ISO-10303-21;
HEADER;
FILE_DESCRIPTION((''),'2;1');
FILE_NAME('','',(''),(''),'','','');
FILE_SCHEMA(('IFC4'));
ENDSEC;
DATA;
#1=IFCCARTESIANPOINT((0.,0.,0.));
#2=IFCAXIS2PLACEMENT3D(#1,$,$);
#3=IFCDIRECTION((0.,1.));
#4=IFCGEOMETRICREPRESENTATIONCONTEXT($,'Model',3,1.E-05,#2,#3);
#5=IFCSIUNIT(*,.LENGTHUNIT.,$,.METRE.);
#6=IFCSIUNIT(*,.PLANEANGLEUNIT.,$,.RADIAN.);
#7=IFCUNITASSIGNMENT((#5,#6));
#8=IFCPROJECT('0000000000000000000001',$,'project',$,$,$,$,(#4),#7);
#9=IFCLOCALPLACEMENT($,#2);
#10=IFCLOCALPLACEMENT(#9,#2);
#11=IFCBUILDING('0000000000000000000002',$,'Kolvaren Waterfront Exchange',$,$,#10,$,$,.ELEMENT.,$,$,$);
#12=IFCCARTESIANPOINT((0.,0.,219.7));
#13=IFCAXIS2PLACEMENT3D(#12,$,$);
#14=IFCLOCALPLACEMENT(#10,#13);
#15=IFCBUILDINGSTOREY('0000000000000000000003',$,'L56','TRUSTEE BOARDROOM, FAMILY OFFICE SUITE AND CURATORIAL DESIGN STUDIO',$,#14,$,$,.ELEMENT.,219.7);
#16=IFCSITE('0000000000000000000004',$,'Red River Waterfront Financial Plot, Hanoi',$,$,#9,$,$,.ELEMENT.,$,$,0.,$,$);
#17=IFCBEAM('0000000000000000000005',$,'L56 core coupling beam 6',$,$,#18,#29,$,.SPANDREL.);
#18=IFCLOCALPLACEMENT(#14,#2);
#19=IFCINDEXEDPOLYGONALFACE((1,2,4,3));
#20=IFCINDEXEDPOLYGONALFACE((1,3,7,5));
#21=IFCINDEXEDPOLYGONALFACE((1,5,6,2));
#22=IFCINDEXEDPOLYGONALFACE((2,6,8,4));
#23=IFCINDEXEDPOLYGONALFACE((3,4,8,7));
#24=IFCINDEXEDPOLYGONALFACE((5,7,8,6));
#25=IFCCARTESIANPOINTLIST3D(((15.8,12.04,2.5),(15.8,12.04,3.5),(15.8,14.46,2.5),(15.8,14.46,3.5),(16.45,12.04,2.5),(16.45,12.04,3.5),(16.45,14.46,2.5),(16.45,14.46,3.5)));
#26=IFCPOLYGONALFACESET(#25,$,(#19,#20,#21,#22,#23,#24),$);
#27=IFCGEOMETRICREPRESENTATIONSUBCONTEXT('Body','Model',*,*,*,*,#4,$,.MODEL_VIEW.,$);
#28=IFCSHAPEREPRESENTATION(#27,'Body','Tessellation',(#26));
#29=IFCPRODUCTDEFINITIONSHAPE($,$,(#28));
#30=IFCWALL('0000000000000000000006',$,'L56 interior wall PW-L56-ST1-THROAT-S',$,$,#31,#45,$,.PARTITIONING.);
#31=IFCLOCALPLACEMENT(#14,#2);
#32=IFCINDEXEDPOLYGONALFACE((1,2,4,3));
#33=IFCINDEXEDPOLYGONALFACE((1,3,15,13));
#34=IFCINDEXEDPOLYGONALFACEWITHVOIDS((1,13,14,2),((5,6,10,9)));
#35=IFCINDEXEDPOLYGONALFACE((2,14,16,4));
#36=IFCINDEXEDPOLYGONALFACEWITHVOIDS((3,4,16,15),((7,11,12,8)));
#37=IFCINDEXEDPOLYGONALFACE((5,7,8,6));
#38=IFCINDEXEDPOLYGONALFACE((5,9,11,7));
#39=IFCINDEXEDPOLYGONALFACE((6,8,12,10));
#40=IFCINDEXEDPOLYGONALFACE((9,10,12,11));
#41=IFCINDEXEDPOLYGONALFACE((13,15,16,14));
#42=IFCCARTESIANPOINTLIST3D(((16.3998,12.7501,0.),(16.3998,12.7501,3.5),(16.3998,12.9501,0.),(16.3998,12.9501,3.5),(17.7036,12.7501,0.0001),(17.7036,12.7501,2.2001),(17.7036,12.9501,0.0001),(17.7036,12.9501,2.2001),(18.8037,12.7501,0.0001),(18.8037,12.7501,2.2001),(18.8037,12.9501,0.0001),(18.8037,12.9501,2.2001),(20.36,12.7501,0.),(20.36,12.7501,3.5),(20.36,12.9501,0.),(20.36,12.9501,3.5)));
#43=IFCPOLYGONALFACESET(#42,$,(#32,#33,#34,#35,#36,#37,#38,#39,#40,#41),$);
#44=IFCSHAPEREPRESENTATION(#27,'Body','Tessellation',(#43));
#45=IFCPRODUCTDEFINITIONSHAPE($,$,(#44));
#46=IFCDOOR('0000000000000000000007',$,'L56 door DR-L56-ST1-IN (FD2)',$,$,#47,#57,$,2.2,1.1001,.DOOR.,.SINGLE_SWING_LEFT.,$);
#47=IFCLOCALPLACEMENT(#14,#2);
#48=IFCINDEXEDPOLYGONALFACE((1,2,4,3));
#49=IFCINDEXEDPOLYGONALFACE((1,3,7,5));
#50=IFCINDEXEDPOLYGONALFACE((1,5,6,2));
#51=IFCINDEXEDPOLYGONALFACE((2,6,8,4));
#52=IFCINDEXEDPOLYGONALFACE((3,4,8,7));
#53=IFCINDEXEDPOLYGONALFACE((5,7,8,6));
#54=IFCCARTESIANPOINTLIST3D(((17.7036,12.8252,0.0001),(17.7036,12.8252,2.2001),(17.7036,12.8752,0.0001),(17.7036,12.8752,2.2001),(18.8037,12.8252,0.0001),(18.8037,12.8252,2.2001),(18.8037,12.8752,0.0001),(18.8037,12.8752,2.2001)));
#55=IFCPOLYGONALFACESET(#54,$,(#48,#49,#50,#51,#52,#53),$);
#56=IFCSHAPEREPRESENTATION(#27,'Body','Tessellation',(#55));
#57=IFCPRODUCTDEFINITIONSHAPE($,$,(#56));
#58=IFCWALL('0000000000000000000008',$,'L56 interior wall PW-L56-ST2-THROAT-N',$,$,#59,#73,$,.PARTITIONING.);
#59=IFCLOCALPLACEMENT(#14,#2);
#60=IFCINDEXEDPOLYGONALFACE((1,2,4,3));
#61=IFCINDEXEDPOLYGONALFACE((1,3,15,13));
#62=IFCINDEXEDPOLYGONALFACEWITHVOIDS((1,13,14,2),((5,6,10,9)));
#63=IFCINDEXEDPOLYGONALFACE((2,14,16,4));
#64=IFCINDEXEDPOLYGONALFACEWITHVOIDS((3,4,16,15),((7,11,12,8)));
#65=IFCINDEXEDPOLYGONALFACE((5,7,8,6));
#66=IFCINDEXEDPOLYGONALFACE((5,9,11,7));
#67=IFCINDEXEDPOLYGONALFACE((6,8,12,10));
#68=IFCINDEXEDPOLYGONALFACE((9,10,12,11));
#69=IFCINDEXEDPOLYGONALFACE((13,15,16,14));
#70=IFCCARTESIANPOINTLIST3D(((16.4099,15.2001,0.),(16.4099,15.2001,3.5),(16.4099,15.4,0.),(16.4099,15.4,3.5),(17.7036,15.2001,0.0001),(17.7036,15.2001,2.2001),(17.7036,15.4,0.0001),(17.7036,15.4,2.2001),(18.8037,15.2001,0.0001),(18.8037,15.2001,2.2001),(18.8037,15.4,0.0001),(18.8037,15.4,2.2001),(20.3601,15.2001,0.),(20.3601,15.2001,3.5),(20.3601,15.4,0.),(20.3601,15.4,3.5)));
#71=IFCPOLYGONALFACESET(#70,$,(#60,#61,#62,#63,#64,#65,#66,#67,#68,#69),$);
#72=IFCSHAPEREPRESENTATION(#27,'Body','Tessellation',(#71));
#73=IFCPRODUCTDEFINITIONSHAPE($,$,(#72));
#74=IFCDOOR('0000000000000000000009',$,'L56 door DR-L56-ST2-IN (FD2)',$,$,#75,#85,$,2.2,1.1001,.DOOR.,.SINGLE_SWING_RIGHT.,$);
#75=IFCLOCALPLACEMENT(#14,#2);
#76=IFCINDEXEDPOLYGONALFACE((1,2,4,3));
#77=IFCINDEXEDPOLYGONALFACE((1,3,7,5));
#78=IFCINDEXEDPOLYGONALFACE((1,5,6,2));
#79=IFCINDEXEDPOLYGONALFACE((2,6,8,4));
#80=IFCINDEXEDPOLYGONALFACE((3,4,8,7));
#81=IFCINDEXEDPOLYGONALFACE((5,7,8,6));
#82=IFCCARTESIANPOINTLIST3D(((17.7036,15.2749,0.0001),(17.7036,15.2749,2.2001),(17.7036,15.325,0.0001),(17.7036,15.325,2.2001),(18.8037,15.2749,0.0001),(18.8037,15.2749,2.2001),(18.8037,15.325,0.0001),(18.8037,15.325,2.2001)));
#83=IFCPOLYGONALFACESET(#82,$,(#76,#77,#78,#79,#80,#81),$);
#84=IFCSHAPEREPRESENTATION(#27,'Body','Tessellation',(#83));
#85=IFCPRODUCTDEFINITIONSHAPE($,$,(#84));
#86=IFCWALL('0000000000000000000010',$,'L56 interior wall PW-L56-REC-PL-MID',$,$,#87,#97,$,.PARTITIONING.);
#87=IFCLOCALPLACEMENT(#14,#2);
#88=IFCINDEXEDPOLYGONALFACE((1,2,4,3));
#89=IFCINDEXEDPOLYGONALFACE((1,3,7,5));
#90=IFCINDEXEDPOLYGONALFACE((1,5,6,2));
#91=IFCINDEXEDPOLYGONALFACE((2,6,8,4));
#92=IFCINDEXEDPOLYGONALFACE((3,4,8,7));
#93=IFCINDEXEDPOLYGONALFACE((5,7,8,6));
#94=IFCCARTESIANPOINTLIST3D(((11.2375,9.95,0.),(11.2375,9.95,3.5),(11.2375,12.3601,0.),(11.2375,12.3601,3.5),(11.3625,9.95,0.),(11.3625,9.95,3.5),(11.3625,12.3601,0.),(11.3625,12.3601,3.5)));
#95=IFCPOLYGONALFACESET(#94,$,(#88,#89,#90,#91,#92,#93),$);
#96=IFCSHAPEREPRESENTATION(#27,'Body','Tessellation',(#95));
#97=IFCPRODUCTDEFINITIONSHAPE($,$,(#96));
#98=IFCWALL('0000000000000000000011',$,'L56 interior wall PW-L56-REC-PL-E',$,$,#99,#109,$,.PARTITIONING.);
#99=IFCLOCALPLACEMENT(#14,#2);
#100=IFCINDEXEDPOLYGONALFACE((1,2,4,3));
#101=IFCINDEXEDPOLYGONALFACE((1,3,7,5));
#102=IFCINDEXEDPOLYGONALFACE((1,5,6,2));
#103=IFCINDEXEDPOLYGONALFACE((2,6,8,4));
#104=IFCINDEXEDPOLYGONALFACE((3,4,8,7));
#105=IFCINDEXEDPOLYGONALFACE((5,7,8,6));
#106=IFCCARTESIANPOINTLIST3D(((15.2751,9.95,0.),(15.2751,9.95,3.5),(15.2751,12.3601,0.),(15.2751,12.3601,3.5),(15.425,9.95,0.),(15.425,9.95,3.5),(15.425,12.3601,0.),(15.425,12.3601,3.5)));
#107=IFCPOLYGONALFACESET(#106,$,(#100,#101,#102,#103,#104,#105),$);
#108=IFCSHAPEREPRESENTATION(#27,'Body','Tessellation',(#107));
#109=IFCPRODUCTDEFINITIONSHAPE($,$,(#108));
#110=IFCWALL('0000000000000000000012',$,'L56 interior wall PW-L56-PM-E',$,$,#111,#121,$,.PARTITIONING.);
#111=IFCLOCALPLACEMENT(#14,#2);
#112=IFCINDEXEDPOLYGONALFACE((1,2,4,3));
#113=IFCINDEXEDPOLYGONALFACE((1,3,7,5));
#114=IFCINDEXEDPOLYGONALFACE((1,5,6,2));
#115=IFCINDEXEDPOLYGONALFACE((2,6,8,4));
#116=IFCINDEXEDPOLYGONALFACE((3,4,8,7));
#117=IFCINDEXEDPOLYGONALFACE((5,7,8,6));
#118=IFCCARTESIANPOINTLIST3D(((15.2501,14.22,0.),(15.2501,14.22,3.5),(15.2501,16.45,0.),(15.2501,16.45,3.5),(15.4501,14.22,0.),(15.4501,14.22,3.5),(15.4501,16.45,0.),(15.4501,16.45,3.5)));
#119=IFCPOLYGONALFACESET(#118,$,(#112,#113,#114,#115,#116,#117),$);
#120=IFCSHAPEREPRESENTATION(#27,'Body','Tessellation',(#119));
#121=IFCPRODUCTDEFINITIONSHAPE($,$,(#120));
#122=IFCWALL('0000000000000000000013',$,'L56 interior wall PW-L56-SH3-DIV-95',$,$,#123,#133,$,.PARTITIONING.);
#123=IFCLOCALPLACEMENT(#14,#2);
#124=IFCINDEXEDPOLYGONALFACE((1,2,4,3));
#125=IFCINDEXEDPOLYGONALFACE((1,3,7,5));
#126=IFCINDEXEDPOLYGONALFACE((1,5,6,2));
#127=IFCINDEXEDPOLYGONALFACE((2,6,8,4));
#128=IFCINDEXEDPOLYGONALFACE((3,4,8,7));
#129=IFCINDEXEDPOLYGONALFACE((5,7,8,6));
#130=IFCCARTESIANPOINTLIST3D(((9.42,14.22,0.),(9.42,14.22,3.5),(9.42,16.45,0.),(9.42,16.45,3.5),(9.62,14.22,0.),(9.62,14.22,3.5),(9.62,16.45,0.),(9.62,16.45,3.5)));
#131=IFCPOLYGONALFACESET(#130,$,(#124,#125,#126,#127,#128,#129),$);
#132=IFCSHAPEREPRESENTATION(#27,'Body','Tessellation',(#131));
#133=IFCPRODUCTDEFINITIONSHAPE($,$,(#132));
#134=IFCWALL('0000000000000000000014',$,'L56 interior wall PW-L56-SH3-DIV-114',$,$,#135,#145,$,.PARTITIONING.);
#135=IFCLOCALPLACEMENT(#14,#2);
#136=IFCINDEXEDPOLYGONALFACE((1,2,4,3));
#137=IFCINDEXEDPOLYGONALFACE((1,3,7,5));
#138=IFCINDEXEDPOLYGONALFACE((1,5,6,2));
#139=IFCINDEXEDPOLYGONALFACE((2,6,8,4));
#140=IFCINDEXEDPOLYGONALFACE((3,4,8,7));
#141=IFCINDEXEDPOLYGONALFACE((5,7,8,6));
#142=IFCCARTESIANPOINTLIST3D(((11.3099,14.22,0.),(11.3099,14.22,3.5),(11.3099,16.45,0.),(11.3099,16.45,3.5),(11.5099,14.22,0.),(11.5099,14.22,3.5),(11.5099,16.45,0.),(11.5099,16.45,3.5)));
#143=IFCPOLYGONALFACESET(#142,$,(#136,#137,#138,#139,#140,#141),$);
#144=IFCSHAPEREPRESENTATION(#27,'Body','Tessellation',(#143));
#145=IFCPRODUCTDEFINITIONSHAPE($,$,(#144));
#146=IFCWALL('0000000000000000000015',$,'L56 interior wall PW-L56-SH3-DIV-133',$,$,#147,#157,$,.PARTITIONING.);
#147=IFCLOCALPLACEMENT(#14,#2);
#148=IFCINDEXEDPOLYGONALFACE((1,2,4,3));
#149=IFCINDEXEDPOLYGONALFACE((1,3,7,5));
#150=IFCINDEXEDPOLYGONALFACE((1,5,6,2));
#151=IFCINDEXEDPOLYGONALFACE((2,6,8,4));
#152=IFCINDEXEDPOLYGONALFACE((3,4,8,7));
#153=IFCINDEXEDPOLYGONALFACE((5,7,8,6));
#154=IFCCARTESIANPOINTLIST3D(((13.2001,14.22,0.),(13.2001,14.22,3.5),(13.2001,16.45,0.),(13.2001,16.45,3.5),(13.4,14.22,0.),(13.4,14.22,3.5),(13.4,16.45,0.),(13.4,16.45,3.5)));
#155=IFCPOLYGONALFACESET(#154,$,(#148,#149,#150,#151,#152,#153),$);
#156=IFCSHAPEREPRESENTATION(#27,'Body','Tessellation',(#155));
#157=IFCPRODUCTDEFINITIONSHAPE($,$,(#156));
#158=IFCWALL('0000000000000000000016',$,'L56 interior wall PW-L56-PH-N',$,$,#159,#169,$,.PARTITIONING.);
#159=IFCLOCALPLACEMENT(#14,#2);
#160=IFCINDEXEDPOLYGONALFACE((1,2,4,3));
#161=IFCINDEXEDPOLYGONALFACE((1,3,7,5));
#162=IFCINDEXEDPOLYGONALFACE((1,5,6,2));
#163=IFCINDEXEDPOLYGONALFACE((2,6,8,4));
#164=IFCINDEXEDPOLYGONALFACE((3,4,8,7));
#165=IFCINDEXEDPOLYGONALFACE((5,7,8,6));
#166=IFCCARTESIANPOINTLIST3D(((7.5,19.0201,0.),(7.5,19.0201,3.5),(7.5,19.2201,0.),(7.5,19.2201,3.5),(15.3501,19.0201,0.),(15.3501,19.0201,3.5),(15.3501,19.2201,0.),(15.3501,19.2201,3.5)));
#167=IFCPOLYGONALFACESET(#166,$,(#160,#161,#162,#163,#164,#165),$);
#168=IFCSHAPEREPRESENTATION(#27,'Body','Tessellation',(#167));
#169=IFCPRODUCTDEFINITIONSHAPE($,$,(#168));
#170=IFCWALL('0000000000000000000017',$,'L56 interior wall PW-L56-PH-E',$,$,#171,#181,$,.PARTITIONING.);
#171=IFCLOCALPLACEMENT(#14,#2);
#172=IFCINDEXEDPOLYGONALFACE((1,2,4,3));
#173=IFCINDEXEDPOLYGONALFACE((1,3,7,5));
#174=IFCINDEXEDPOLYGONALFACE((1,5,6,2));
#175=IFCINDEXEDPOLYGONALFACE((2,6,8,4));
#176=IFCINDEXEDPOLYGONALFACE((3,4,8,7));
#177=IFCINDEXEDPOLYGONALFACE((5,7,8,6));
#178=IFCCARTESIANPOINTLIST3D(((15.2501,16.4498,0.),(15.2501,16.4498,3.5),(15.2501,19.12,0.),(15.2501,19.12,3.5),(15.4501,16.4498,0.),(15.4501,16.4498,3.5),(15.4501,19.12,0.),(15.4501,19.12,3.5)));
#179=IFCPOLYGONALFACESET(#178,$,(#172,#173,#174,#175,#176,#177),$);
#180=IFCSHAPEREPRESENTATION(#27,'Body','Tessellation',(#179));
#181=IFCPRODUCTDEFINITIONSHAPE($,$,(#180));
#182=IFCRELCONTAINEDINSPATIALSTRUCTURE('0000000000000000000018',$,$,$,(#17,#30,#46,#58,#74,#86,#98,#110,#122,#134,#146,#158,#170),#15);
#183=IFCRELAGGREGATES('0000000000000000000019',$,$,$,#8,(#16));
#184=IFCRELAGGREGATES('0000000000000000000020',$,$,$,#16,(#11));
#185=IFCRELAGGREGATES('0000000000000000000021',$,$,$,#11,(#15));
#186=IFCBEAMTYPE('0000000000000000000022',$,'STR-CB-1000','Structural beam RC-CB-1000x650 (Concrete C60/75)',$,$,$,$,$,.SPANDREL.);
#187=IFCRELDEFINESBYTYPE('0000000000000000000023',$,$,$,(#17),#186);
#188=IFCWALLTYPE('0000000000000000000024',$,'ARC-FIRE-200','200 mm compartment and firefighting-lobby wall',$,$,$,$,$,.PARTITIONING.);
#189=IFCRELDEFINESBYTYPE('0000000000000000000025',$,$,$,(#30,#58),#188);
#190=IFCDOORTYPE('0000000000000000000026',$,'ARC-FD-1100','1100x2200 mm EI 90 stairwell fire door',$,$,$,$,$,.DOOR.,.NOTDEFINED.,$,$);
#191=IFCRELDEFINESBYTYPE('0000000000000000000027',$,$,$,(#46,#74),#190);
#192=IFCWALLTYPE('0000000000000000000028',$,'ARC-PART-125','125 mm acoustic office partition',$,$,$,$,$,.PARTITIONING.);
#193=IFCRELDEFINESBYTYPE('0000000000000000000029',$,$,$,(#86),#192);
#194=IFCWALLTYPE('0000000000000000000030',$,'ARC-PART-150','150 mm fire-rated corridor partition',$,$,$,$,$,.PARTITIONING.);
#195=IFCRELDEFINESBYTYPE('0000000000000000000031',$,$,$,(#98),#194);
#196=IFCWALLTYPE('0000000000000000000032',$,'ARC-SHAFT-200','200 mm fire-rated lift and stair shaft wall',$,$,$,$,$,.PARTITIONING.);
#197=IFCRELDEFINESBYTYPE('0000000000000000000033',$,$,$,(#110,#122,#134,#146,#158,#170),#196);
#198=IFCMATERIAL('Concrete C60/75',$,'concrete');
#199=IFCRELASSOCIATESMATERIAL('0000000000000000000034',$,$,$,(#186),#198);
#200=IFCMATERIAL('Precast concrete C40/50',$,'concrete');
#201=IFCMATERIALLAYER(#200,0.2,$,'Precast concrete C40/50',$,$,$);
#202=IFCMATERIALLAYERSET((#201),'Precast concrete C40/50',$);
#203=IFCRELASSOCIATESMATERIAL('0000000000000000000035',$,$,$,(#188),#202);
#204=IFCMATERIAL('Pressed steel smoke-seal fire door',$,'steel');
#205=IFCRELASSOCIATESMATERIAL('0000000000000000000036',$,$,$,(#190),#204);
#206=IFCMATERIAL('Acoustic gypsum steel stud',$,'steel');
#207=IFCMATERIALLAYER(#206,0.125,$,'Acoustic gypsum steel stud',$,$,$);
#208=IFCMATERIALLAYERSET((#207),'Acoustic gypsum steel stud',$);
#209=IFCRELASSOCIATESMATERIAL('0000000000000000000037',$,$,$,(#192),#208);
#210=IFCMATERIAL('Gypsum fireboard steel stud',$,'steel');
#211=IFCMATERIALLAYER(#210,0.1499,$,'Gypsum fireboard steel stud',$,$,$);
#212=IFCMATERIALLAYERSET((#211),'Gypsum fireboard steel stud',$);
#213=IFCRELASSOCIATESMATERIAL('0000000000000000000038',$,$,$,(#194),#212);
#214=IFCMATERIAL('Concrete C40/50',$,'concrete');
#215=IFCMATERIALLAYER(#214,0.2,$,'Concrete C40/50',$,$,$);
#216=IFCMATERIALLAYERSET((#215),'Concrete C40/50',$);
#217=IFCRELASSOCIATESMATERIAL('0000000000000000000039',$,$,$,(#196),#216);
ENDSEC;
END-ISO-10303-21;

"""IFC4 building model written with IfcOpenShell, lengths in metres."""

from ifc_helpers import new_model, si_unit, direction, frame, frame_2d, origin, origin_2d, place, context, subcontext, project, spatial, rectangle, extrude, material, layer, layer_set, material_profile, profile_set, type_object, element, fill, save


model = new_model("IFC4")

# Units and contexts
model_context = context("Model", 3, precision=1e-05, world=origin(), true_north=direction((0.0, 1.0)))
body_context = subcontext(model_context, "Body", "Model", "MODEL_VIEW")
ifc_project = project(units=[si_unit("LENGTHUNIT", "METRE"), si_unit("PLANEANGLEUNIT", "RADIAN")], contexts=[model_context])

# Site, building, storey
site_placement = place(None, origin())
site = spatial("IfcSite", under=ifc_project, at=site_placement, Name="Red River Waterfront Financial Plot, Hanoi", CompositionType="ELEMENT", RefElevation=0.0)
building_placement = place(site_placement, origin())
building = spatial("IfcBuilding", under=site, at=building_placement, Name="Kolvaren Waterfront Exchange", CompositionType="ELEMENT")
storey_placement = place(building_placement, frame((0.0, 0.0, 219.7)))
storey = spatial("IfcBuildingStorey", under=building, at=storey_placement, Name="L56", Description="TRUSTEE BOARDROOM, FAMILY OFFICE SUITE AND CURATORIAL DESIGN STUDIO", CompositionType="ELEMENT", Elevation=219.7)

# Beam
ifc_material_1 = material(Name="Concrete C60/75", Category="concrete")
ifc_material_profile = material_profile(ifc_material_1, rectangle(XDim=0.6499, YDim=1.0, at=origin_2d()), Name="RC-CB-1000x650")
ifc_profile_set = profile_set([ifc_material_profile], Name="Concrete C60/75")
beam_type = type_object("IfcBeamType", Name="STR-CB-1000", Description="Structural beam RC-CB-1000x650 (Concrete C60/75)", PredefinedType="SPANDREL", material=ifc_profile_set)
beam_placement = place(storey_placement, frame((16.125, 12.04, 3.0), z_axis=(0.0, 1.0, 0.0), x_axis=(-1.0, 0.0, 0.0)))
element("IfcBeam", 1, at=beam_placement, inside=storey, type_object=beam_type, Name="L56 core coupling beam 6", PredefinedType="SPANDREL", context=body_context, shape_type="SweptSolid", body=[
    extrude(rectangle(XDim=0.6499, YDim=1.0, at=origin_2d()), origin(), (0.0, 0.0, 1.0), 2.4199),
])

# Walls, openings, doors
ifc_material_2 = material(Name="Precast concrete C40/50", Category="concrete")
ifc_layer_1 = layer(ifc_material_2, 0.2, Name="Precast concrete C40/50")
ifc_layer_set_1 = layer_set([ifc_layer_1], Name="Precast concrete C40/50")
wall_type_1 = type_object("IfcWallType", Name="ARC-FIRE-200", Description="200 mm compartment and firefighting-lobby wall", PredefinedType="PARTITIONING", material=ifc_layer_set_1)
wall_1_placement = place(storey_placement, frame((16.3999, 12.8501, 0.0), z_axis=(0.0, 0.0, 1.0), x_axis=(1.0, 0.0, 0.0)))
wall_1 = element("IfcWall", 2, at=wall_1_placement, inside=storey, type_object=wall_type_1, Name="L56 interior wall PW-L56-ST1-THROAT-S", PredefinedType="PARTITIONING", context=body_context, shape_type="SweptSolid", body=[
    extrude(rectangle(XDim=3.9602, YDim=0.2, at=frame_2d((1.98, 0.0))), origin(), (0.0, 0.0, 1.0), 3.5),
])
opening_1_placement = place(wall_1_placement, frame((1.3037, 0.0, 0.0)))
opening_1 = element("IfcOpeningElement", 3, at=opening_1_placement, cuts=wall_1, PredefinedType="OPENING", context=body_context, shape_type="SweptSolid", body=[
    extrude(rectangle(XDim=1.1001, YDim=2.2, at=frame_2d((0.55, 1.1001))), frame((0.0, 0.1099, 0.0), z_axis=(0.0, -1.0, 0.0), x_axis=(1.0, 0.0, 0.0)), (0.0, 0.0, 1.0), 0.22),
])
ifc_material_3 = material(Name="Pressed steel smoke-seal fire door", Category="steel")
door_type = type_object("IfcDoorType", Name="ARC-FD-1100", Description="1100x2200 mm EI 90 stairwell fire door", OperationType="NOTDEFINED", PredefinedType="DOOR", material=ifc_material_3)
door_1_placement = place(opening_1_placement, frame((1.1001, 0.0, 0.0), z_axis=(0.0, 0.0, 1.0), x_axis=(-1.0, 0.0, 0.0)))
door_1 = element("IfcDoor", 4, at=door_1_placement, inside=storey, type_object=door_type, Name="L56 door DR-L56-ST1-IN (FD2)", OperationType="SINGLE_SWING_LEFT", OverallHeight=2.2, OverallWidth=1.1001, PredefinedType="DOOR", context=body_context, shape_type="SweptSolid", body=[
    extrude(rectangle(XDim=1.1001, YDim=2.2, at=frame_2d((0.55, 1.1001))), frame((0.0, 0.0249, 0.0), z_axis=(0.0, -1.0, 0.0), x_axis=(1.0, 0.0, 0.0)), (0.0, 0.0, 1.0), 0.05),
])
fill(opening_1, door_1)
wall_2_placement = place(storey_placement, frame((16.4099, 15.3, 0.0), z_axis=(0.0, 0.0, 1.0), x_axis=(1.0, 0.0, 0.0)))
wall_2 = element("IfcWall", 5, at=wall_2_placement, inside=storey, type_object=wall_type_1, Name="L56 interior wall PW-L56-ST2-THROAT-N", PredefinedType="PARTITIONING", context=body_context, shape_type="SweptSolid", body=[
    extrude(rectangle(XDim=3.9502, YDim=0.2, at=frame_2d((1.9751, 0.0))), origin(), (0.0, 0.0, 1.0), 3.5),
])
opening_2_placement = place(wall_2_placement, frame((1.2937, 0.0, 0.0)))
opening_2 = element("IfcOpeningElement", 6, at=opening_2_placement, cuts=wall_2, PredefinedType="OPENING", context=body_context, shape_type="SweptSolid", body=[
    extrude(rectangle(XDim=1.1001, YDim=2.2, at=frame_2d((0.55, 1.1001))), frame((0.0, 0.1099, 0.0), z_axis=(0.0, -1.0, 0.0), x_axis=(1.0, 0.0, 0.0)), (0.0, 0.0, 1.0), 0.22),
])
door_2_placement = place(opening_2_placement, origin())
door_2 = element("IfcDoor", 7, at=door_2_placement, inside=storey, type_object=door_type, Name="L56 door DR-L56-ST2-IN (FD2)", OperationType="SINGLE_SWING_RIGHT", OverallHeight=2.2, OverallWidth=1.1001, PredefinedType="DOOR", context=body_context, shape_type="SweptSolid", body=[
    extrude(rectangle(XDim=1.1001, YDim=2.2, at=frame_2d((0.55, 1.1001))), frame((0.0, 0.0249, 0.0), z_axis=(0.0, -1.0, 0.0), x_axis=(1.0, 0.0, 0.0)), (0.0, 0.0, 1.0), 0.05),
])
fill(opening_2, door_2)

# Walls
ifc_material_4 = material(Name="Acoustic gypsum steel stud", Category="steel")
ifc_layer_2 = layer(ifc_material_4, 0.125, Name="Acoustic gypsum steel stud")
ifc_layer_set_2 = layer_set([ifc_layer_2], Name="Acoustic gypsum steel stud")
wall_type_2 = type_object("IfcWallType", Name="ARC-PART-125", Description="125 mm acoustic office partition", PredefinedType="PARTITIONING", material=ifc_layer_set_2)
wall_3_placement = place(storey_placement, frame((11.3, 9.95, 0.0), z_axis=(0.0, 0.0, 1.0), x_axis=(0.0, 1.0, 0.0)))
element("IfcWall", 8, at=wall_3_placement, inside=storey, type_object=wall_type_2, Name="L56 interior wall PW-L56-REC-PL-MID", PredefinedType="PARTITIONING", context=body_context, shape_type="SweptSolid", body=[
    extrude(rectangle(XDim=2.4102, YDim=0.125, at=frame_2d((1.2051, 0.0))), origin(), (0.0, 0.0, 1.0), 3.5),
])
ifc_material_5 = material(Name="Gypsum fireboard steel stud", Category="steel")
ifc_layer_3 = layer(ifc_material_5, 0.1499, Name="Gypsum fireboard steel stud")
ifc_layer_set_3 = layer_set([ifc_layer_3], Name="Gypsum fireboard steel stud")
wall_type_3 = type_object("IfcWallType", Name="ARC-PART-150", Description="150 mm fire-rated corridor partition", PredefinedType="PARTITIONING", material=ifc_layer_set_3)
wall_4_placement = place(storey_placement, frame((15.3501, 9.95, 0.0), z_axis=(0.0, 0.0, 1.0), x_axis=(0.0, 1.0, 0.0)))
element("IfcWall", 9, at=wall_4_placement, inside=storey, type_object=wall_type_3, Name="L56 interior wall PW-L56-REC-PL-E", PredefinedType="PARTITIONING", context=body_context, shape_type="SweptSolid", body=[
    extrude(rectangle(XDim=2.4102, YDim=0.1499, at=frame_2d((1.2051, 0.0))), origin(), (0.0, 0.0, 1.0), 3.5),
])
ifc_material_6 = material(Name="Concrete C40/50", Category="concrete")
ifc_layer_4 = layer(ifc_material_6, 0.2, Name="Concrete C40/50")
ifc_layer_set_4 = layer_set([ifc_layer_4], Name="Concrete C40/50")
wall_type_4 = type_object("IfcWallType", Name="ARC-SHAFT-200", Description="200 mm fire-rated lift and stair shaft wall", PredefinedType="PARTITIONING", material=ifc_layer_set_4)
for number, where, z_axis, x_axis, name in (
    (10, (15.3501, 14.22, 0.0), (0.0, 0.0, 1.0), (0.0, 1.0, 0.0), "L56 interior wall PW-L56-PM-E"),
    (11, (9.52, 14.22, 0.0), (0.0, 0.0, 1.0), (0.0, 1.0, 0.0), "L56 interior wall PW-L56-SH3-DIV-95"),
    (12, (11.4099, 14.22, 0.0), (0.0, 0.0, 1.0), (0.0, 1.0, 0.0), "L56 interior wall PW-L56-SH3-DIV-114"),
    (13, (13.3, 14.22, 0.0), (0.0, 0.0, 1.0), (0.0, 1.0, 0.0), "L56 interior wall PW-L56-SH3-DIV-133"),
):
    element("IfcWall", number, at=place(storey_placement, frame(where, z_axis=z_axis, x_axis=x_axis)), inside=storey, type_object=wall_type_4, Name=name, PredefinedType="PARTITIONING", context=body_context, shape_type="SweptSolid", body=[
        extrude(rectangle(XDim=2.23, YDim=0.2, at=frame_2d((1.115, 0.0))), origin(), (0.0, 0.0, 1.0), 3.5),
    ])
wall_5_placement = place(storey_placement, frame((7.5, 19.1201, 0.0), z_axis=(0.0, 0.0, 1.0), x_axis=(1.0, 0.0, 0.0)))
element("IfcWall", 14, at=wall_5_placement, inside=storey, type_object=wall_type_4, Name="L56 interior wall PW-L56-PH-N", PredefinedType="PARTITIONING", context=body_context, shape_type="SweptSolid", body=[
    extrude(rectangle(XDim=7.8501, YDim=0.2, at=frame_2d((3.925, 0.0))), origin(), (0.0, 0.0, 1.0), 3.5),
])
for number, where, z_axis, x_axis, name in (
    (15, (15.3501, 16.45, 0.0), (0.0, 0.0, 1.0), (0.0, 1.0, 0.0), "L56 interior wall PW-L56-PH-E"),
):
    element("IfcWall", number, at=place(storey_placement, frame(where, z_axis=z_axis, x_axis=x_axis)), inside=storey, type_object=wall_type_4, Name=name, PredefinedType="PARTITIONING", context=body_context, shape_type="SweptSolid", body=[
        extrude(rectangle(XDim=2.6702, YDim=0.2, at=frame_2d((1.335, 0.0))), origin(), (0.0, 0.0, 1.0), 3.5),
    ])

save(model, "model.ifc")
